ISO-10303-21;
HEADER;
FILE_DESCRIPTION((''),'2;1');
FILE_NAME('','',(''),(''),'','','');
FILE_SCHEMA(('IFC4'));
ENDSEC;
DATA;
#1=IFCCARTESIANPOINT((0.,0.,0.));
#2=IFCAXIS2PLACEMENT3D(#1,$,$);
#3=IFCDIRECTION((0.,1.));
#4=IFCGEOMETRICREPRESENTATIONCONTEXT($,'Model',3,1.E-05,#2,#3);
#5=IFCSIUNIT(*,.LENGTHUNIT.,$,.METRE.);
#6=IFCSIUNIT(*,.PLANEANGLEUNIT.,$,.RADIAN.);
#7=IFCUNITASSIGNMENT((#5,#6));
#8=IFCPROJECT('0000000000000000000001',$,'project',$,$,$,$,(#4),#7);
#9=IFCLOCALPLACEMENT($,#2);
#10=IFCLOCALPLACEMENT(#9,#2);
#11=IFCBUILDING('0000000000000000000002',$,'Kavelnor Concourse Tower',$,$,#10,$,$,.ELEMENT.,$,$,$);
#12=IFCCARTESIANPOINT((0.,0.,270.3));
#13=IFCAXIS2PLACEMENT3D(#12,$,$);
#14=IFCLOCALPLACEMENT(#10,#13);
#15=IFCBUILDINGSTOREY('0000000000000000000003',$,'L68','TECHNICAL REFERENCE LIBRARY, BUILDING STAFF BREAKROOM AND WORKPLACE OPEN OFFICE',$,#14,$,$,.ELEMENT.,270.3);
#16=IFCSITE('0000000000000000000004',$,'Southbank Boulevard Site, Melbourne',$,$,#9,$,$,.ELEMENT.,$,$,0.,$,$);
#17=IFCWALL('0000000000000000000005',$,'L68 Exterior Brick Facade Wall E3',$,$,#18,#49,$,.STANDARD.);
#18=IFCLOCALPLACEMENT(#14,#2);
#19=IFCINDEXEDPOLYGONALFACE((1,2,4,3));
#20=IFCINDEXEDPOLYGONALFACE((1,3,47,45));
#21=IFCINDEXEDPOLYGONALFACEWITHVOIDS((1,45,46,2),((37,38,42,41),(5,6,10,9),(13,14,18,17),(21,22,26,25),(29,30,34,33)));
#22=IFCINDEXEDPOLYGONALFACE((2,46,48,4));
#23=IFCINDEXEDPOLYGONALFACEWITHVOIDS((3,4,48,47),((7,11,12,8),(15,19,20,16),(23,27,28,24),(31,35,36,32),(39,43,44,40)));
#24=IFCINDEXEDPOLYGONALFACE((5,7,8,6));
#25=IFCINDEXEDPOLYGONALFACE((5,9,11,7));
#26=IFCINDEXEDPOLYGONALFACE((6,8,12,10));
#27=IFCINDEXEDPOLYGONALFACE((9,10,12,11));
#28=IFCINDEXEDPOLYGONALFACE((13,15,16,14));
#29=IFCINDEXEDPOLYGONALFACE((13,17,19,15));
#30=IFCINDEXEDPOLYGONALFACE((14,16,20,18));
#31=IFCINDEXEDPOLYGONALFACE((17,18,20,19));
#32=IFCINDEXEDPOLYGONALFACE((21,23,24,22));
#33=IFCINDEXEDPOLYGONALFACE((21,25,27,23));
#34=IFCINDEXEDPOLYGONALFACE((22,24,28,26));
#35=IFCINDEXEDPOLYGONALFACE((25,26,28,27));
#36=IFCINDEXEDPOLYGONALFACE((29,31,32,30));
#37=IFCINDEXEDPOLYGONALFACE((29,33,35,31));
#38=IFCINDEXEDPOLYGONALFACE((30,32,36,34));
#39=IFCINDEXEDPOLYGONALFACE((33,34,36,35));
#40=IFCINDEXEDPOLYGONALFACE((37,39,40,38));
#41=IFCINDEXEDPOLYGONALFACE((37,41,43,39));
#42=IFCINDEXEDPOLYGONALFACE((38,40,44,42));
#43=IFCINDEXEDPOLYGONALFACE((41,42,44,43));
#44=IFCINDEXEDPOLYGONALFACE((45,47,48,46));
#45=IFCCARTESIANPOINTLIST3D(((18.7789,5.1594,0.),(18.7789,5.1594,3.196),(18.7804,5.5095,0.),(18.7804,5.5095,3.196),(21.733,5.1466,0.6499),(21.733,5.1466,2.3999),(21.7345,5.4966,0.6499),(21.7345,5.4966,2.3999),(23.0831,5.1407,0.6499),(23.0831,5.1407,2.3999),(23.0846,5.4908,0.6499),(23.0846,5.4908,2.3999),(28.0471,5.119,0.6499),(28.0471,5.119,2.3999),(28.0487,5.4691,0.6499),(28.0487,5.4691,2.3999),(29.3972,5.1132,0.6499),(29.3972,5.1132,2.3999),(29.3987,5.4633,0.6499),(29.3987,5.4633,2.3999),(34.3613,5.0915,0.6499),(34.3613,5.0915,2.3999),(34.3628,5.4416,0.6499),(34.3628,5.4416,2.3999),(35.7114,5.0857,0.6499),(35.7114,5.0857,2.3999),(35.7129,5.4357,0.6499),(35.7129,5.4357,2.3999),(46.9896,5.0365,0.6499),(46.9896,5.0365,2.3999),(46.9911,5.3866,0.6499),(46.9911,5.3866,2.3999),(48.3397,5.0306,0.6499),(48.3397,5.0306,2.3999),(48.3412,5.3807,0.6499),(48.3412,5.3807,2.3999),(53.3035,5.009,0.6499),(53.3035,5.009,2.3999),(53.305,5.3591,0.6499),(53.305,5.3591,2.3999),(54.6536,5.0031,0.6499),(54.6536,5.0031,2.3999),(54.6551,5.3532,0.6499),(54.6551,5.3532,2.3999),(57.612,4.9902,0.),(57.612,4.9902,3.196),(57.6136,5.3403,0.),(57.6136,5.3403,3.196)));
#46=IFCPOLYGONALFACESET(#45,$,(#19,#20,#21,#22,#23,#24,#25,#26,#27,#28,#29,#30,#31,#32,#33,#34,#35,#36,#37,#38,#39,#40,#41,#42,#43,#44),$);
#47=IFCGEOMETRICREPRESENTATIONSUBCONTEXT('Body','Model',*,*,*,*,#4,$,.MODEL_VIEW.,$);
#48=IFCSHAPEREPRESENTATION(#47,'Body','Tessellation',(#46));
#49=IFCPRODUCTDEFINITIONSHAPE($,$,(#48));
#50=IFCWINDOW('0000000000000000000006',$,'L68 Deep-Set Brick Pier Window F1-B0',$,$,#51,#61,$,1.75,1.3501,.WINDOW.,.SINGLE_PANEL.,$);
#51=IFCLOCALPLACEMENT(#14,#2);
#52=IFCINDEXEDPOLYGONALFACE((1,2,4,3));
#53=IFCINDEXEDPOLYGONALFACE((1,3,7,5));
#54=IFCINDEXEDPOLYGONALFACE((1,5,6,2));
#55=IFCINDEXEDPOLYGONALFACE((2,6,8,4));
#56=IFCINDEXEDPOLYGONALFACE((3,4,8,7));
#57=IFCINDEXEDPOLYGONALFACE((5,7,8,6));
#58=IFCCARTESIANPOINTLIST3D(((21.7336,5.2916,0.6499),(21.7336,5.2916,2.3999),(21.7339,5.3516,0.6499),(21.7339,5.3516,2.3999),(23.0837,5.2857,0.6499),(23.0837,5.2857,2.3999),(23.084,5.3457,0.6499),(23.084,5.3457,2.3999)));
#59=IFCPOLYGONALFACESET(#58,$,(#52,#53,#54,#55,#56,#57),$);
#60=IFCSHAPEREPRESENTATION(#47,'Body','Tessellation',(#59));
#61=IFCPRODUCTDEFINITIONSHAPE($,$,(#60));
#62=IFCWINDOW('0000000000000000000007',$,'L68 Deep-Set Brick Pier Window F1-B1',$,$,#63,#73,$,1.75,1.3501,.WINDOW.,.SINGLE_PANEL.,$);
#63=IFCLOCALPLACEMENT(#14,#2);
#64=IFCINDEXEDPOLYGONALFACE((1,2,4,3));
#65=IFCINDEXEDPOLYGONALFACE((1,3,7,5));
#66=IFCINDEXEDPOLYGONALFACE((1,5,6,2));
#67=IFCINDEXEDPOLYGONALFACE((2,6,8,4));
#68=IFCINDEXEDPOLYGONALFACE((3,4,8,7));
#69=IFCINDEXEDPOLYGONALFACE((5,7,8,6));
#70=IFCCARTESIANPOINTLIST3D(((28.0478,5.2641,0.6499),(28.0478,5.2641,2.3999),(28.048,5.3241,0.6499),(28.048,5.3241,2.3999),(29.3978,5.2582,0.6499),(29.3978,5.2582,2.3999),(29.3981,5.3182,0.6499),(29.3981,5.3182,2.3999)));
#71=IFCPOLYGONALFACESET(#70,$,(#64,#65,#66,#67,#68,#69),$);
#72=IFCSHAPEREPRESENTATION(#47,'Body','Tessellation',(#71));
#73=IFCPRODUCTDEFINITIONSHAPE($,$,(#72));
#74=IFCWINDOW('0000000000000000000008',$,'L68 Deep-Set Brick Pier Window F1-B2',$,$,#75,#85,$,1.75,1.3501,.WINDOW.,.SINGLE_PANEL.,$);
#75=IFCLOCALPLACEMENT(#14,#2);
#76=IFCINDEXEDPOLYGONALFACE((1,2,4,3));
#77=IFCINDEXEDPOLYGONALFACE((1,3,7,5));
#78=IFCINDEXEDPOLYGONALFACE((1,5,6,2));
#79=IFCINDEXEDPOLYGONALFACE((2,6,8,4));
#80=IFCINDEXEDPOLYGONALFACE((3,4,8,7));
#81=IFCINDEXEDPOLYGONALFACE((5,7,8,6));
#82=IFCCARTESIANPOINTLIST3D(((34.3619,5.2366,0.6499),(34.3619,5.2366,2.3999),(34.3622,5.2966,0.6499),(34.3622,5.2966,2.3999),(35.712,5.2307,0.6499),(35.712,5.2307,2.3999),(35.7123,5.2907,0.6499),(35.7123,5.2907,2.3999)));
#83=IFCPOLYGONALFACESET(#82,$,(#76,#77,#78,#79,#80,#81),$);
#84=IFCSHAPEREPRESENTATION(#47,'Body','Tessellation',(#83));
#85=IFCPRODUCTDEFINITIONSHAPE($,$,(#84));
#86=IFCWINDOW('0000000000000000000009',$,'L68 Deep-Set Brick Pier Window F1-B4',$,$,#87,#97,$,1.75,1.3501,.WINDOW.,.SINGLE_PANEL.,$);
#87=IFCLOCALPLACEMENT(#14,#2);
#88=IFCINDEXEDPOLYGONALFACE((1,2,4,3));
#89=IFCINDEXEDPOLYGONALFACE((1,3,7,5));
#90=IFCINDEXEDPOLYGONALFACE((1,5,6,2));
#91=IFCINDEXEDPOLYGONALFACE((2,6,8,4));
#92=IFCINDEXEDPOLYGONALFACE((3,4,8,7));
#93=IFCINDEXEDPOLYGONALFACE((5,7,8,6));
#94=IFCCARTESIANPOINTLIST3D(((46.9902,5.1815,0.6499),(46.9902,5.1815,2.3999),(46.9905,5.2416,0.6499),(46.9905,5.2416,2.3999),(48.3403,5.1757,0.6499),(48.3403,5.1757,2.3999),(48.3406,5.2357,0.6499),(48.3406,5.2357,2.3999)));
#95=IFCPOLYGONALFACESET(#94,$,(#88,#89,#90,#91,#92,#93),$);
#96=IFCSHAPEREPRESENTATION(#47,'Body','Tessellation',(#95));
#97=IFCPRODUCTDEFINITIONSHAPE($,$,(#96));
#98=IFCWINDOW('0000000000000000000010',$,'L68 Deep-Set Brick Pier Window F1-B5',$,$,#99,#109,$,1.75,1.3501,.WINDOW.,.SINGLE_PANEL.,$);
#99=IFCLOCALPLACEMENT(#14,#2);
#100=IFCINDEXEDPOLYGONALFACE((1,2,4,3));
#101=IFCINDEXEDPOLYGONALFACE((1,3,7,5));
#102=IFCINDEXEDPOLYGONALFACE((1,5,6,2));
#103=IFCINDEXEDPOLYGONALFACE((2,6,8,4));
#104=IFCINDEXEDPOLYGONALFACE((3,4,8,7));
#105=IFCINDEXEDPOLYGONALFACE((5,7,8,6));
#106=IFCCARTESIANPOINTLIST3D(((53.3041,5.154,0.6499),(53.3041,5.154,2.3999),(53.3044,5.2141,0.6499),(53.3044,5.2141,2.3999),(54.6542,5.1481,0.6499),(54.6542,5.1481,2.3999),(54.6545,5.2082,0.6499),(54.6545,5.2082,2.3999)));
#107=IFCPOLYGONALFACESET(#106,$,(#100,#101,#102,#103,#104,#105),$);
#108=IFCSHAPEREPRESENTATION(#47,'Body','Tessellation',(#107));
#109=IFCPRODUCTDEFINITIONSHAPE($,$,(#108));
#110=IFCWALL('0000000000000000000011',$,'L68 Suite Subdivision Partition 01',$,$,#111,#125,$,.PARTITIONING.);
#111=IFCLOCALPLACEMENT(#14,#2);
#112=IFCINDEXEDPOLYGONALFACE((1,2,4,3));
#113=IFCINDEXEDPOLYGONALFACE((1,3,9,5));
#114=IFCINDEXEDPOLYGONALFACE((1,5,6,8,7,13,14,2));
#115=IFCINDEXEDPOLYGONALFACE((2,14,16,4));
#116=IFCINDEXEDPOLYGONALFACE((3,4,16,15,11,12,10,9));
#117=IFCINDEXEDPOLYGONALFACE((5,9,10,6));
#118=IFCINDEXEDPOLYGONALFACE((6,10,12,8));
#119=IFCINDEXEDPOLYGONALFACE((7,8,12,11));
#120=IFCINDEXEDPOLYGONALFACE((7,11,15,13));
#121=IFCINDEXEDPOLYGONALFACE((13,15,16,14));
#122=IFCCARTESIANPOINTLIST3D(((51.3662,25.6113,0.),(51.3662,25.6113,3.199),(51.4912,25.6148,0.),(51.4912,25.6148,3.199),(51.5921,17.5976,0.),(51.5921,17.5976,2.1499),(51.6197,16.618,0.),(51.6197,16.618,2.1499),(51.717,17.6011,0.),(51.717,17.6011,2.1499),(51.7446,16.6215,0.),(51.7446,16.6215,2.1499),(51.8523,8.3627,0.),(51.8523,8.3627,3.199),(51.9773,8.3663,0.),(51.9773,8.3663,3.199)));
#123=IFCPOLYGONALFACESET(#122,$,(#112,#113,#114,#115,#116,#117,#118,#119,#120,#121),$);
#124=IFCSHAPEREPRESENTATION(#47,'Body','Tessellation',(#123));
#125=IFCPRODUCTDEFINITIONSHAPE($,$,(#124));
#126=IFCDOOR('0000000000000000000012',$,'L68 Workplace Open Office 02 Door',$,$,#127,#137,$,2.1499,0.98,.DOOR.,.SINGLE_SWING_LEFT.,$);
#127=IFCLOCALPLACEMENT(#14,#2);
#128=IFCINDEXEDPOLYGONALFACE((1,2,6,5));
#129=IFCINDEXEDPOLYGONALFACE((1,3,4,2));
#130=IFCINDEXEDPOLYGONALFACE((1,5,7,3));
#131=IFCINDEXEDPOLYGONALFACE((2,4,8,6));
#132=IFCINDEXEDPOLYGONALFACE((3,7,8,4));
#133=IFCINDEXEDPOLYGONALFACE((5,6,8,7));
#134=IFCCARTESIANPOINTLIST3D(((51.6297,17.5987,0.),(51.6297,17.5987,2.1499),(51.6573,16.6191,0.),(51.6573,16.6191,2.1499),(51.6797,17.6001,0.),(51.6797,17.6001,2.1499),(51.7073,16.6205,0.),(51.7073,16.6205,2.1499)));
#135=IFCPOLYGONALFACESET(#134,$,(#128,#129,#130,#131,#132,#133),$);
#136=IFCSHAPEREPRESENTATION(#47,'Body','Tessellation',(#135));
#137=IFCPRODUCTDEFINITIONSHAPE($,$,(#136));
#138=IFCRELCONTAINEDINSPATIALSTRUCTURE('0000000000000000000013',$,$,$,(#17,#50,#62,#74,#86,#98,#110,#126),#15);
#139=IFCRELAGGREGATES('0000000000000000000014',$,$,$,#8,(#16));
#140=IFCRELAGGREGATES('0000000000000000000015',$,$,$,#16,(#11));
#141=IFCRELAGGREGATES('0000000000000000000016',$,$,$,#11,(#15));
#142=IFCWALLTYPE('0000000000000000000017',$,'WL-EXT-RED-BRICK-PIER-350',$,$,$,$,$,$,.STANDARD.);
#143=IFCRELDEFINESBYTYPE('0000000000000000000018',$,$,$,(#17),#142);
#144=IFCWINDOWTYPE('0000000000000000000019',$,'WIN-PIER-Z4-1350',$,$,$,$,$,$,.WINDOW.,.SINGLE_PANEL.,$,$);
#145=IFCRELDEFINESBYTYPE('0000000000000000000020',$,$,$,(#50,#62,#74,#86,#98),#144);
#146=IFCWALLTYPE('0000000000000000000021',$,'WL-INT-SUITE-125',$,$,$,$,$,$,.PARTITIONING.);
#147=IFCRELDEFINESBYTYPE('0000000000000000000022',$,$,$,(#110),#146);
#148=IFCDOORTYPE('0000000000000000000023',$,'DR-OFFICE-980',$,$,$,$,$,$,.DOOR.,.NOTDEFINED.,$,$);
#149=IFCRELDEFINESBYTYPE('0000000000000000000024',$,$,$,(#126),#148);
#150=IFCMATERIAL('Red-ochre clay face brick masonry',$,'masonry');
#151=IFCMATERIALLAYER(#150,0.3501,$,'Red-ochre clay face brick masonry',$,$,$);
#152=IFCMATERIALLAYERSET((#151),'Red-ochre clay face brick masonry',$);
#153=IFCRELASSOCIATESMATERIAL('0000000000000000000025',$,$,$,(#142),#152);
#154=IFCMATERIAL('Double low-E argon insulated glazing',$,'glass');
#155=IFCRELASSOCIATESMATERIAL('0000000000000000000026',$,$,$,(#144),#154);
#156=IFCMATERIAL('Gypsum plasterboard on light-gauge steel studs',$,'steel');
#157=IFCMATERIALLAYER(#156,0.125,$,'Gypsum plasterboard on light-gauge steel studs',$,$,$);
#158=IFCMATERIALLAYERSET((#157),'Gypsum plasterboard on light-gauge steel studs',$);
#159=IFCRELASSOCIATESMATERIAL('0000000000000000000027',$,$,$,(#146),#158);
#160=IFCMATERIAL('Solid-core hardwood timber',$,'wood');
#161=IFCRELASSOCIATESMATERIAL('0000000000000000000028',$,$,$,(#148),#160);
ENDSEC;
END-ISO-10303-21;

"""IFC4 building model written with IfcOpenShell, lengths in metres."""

from ifc_helpers import new_model, si_unit, direction, frame, frame_2d, origin, place, context, subcontext, project, spatial, rectangle, extrude, material, layer, layer_set, type_object, element, fill, save


model = new_model("IFC4")

# Units and contexts
model_context = context("Model", 3, precision=1e-05, world=origin(), true_north=direction((0.0, 1.0)))
body_context = subcontext(model_context, "Body", "Model", "MODEL_VIEW")
ifc_project = project(units=[si_unit("LENGTHUNIT", "METRE"), si_unit("PLANEANGLEUNIT", "RADIAN")], contexts=[model_context])

# Site, building, storey
site_placement = place(None, origin())
site = spatial("IfcSite", under=ifc_project, at=site_placement, Name="Southbank Boulevard Site, Melbourne", CompositionType="ELEMENT", RefElevation=0.0)
building_placement = place(site_placement, origin())
building = spatial("IfcBuilding", under=site, at=building_placement, Name="Kavelnor Concourse Tower", CompositionType="ELEMENT")
storey_placement = place(building_placement, frame((0.0, 0.0, 270.3)))
storey = spatial("IfcBuildingStorey", under=building, at=storey_placement, Name="L68", Description="TECHNICAL REFERENCE LIBRARY, BUILDING STAFF BREAKROOM AND WORKPLACE OPEN OFFICE", CompositionType="ELEMENT", Elevation=270.3)

# Shared definitions
ifc_material_1 = material(Name="Double low-E argon insulated glazing", Category="glass")

# Wall, openings, windows
ifc_material_2 = material(Name="Red-ochre clay face brick masonry", Category="masonry")
ifc_layer_1 = layer(ifc_material_2, 0.3501, Name="Red-ochre clay face brick masonry")
ifc_layer_set_1 = layer_set([ifc_layer_1], Name="Red-ochre clay face brick masonry")
wall_type_1 = type_object("IfcWallType", Name="WL-EXT-RED-BRICK-PIER-350", PredefinedType="STANDARD", material=ifc_layer_set_1)
wall_1_placement = place(storey_placement, frame((57.6128, 5.1653, 0.0), z_axis=(0.0, 0.0, 1.0), x_axis=(-0.999991, 0.004357, 0.0)))
wall_1 = element("IfcWall", 1, at=wall_1_placement, inside=storey, type_object=wall_type_1, Name="L68 Exterior Brick Facade Wall E3", PredefinedType="STANDARD", context=body_context, shape_type="SweptSolid", body=[
    extrude(rectangle(XDim=38.8335, YDim=0.3501, at=frame_2d((19.4167, 0.0))), origin(), (0.0, 0.0, 1.0), 3.196),
])
opening_1_placement = place(wall_1_placement, frame((34.5293, 0.0, 0.6499)))
opening_1 = element("IfcOpeningElement", 2, at=opening_1_placement, cuts=wall_1, PredefinedType="OPENING", context=body_context, shape_type="SweptSolid", body=[
    extrude(rectangle(XDim=1.3501, YDim=1.75, at=frame_2d((0.675, 0.875))), frame((0.0, 0.1851, 0.0), z_axis=(0.0, -1.0, 0.0), x_axis=(1.0, 0.0, 0.0)), (0.0, 0.0, 1.0), 0.3701),
])
opening_2_placement = place(wall_1_placement, frame((28.2151, 0.0, 0.6499)))
opening_2 = element("IfcOpeningElement", 3, at=opening_2_placement, cuts=wall_1, PredefinedType="OPENING", context=body_context, shape_type="SweptSolid", body=[
    extrude(rectangle(XDim=1.3501, YDim=1.75, at=frame_2d((0.675, 0.875))), frame((0.0, 0.1851, 0.0), z_axis=(0.0, -1.0, 0.0), x_axis=(1.0, 0.0, 0.0)), (0.0, 0.0, 1.0), 0.3701),
])
opening_3_placement = place(wall_1_placement, frame((21.9009, 0.0, 0.6499)))
opening_3 = element("IfcOpeningElement", 4, at=opening_3_placement, cuts=wall_1, PredefinedType="OPENING", context=body_context, shape_type="SweptSolid", body=[
    extrude(rectangle(XDim=1.3501, YDim=1.75, at=frame_2d((0.675, 0.875))), frame((0.0, 0.1851, 0.0), z_axis=(0.0, -1.0, 0.0), x_axis=(1.0, 0.0, 0.0)), (0.0, 0.0, 1.0), 0.3701),
])
opening_4_placement = place(wall_1_placement, frame((9.2725, 0.0, 0.6499)))
opening_4 = element("IfcOpeningElement", 5, at=opening_4_placement, cuts=wall_1, PredefinedType="OPENING", context=body_context, shape_type="SweptSolid", body=[
    extrude(rectangle(XDim=1.3501, YDim=1.75, at=frame_2d((0.675, 0.875))), frame((0.0, 0.1851, 0.0), z_axis=(0.0, -1.0, 0.0), x_axis=(1.0, 0.0, 0.0)), (0.0, 0.0, 1.0), 0.3701),
])
opening_5_placement = place(wall_1_placement, frame((2.9585, 0.0, 0.6499)))
opening_5 = element("IfcOpeningElement", 6, at=opening_5_placement, cuts=wall_1, PredefinedType="OPENING", context=body_context, shape_type="SweptSolid", body=[
    extrude(rectangle(XDim=1.3501, YDim=1.75, at=frame_2d((0.675, 0.875))), frame((0.0, 0.1851, 0.0), z_axis=(0.0, -1.0, 0.0), x_axis=(1.0, 0.0, 0.0)), (0.0, 0.0, 1.0), 0.3701),
])
window_type_1 = type_object("IfcWindowType", Name="WIN-PIER-Z4-1350", PartitioningType="SINGLE_PANEL", PredefinedType="WINDOW", material=ifc_material_1)
window_1_placement = place(opening_1_placement, origin())
window_1 = element("IfcWindow", 7, at=window_1_placement, inside=storey, type_object=window_type_1, Name="L68 Deep-Set Brick Pier Window F1-B0", OverallHeight=1.75, OverallWidth=1.3501, PartitioningType="SINGLE_PANEL", PredefinedType="WINDOW", context=body_context, shape_type="SweptSolid", body=[
    extrude(rectangle(XDim=1.3501, YDim=1.75, at=frame_2d((0.675, 0.875))), frame((0.0, 0.03, 0.0), z_axis=(0.0, -1.0, 0.0), x_axis=(1.0, 0.0, 0.0)), (0.0, 0.0, 1.0), 0.0601),
])
fill(opening_1, window_1)
window_2_placement = place(opening_2_placement, origin())
window_2 = element("IfcWindow", 8, at=window_2_placement, inside=storey, type_object=window_type_1, Name="L68 Deep-Set Brick Pier Window F1-B1", OverallHeight=1.75, OverallWidth=1.3501, PartitioningType="SINGLE_PANEL", PredefinedType="WINDOW", context=body_context, shape_type="SweptSolid", body=[
    extrude(rectangle(XDim=1.3501, YDim=1.75, at=frame_2d((0.675, 0.875))), frame((0.0, 0.03, 0.0), z_axis=(0.0, -1.0, 0.0), x_axis=(1.0, 0.0, 0.0)), (0.0, 0.0, 1.0), 0.0601),
])
fill(opening_2, window_2)
window_3_placement = place(opening_3_placement, origin())
window_3 = element("IfcWindow", 9, at=window_3_placement, inside=storey, type_object=window_type_1, Name="L68 Deep-Set Brick Pier Window F1-B2", OverallHeight=1.75, OverallWidth=1.3501, PartitioningType="SINGLE_PANEL", PredefinedType="WINDOW", context=body_context, shape_type="SweptSolid", body=[
    extrude(rectangle(XDim=1.3501, YDim=1.75, at=frame_2d((0.675, 0.875))), frame((0.0, 0.03, 0.0), z_axis=(0.0, -1.0, 0.0), x_axis=(1.0, 0.0, 0.0)), (0.0, 0.0, 1.0), 0.0601),
])
fill(opening_3, window_3)
window_4_placement = place(opening_4_placement, origin())
window_4 = element("IfcWindow", 10, at=window_4_placement, inside=storey, type_object=window_type_1, Name="L68 Deep-Set Brick Pier Window F1-B4", OverallHeight=1.75, OverallWidth=1.3501, PartitioningType="SINGLE_PANEL", PredefinedType="WINDOW", context=body_context, shape_type="SweptSolid", body=[
    extrude(rectangle(XDim=1.3501, YDim=1.75, at=frame_2d((0.675, 0.875))), frame((0.0, 0.03, 0.0), z_axis=(0.0, -1.0, 0.0), x_axis=(1.0, 0.0, 0.0)), (0.0, 0.0, 1.0), 0.0601),
])
fill(opening_4, window_4)
window_5_placement = place(opening_5_placement, origin())
window_5 = element("IfcWindow", 11, at=window_5_placement, inside=storey, type_object=window_type_1, Name="L68 Deep-Set Brick Pier Window F1-B5", OverallHeight=1.75, OverallWidth=1.3501, PartitioningType="SINGLE_PANEL", PredefinedType="WINDOW", context=body_context, shape_type="SweptSolid", body=[
    extrude(rectangle(XDim=1.3501, YDim=1.75, at=frame_2d((0.675, 0.875))), frame((0.0, 0.03, 0.0), z_axis=(0.0, -1.0, 0.0), x_axis=(1.0, 0.0, 0.0)), (0.0, 0.0, 1.0), 0.0601),
])
fill(opening_5, window_5)

# Wall, opening, door
ifc_material_3 = material(Name="Gypsum plasterboard on light-gauge steel studs", Category="steel")
ifc_layer_2 = layer(ifc_material_3, 0.125, Name="Gypsum plasterboard on light-gauge steel studs")
ifc_layer_set_2 = layer_set([ifc_layer_2], Name="Gypsum plasterboard on light-gauge steel studs")
wall_type_2 = type_object("IfcWallType", Name="WL-INT-SUITE-125", PredefinedType="PARTITIONING", material=ifc_layer_set_2)
wall_2_placement = place(storey_placement, frame((51.9148, 8.3645, 0.0), z_axis=(0.0, 0.0, 1.0), x_axis=(-0.02817, 0.999603, 0.0)))
wall_2 = element("IfcWall", 12, at=wall_2_placement, inside=storey, type_object=wall_type_2, Name="L68 Suite Subdivision Partition 01", PredefinedType="PARTITIONING", context=body_context, shape_type="SweptSolid", body=[
    extrude(rectangle(XDim=17.2554, YDim=0.125, at=frame_2d((8.6277, 0.0))), origin(), (0.0, 0.0, 1.0), 3.199),
])
opening_6_placement = place(wall_2_placement, frame((8.2585, 0.0, 0.0)))
opening_6 = element("IfcOpeningElement", 13, at=opening_6_placement, cuts=wall_2, PredefinedType="OPENING", context=body_context, shape_type="SweptSolid", body=[
    extrude(rectangle(XDim=0.98, YDim=2.1499, at=frame_2d((0.49, 1.075))), frame((0.0, 0.0725, 0.0), z_axis=(0.0, -1.0, 0.0), x_axis=(1.0, 0.0, 0.0)), (0.0, 0.0, 1.0), 0.145),
])
ifc_material_4 = material(Name="Solid-core hardwood timber", Category="wood")
door_type = type_object("IfcDoorType", Name="DR-OFFICE-980", OperationType="NOTDEFINED", PredefinedType="DOOR", material=ifc_material_4)
door_placement = place(opening_6_placement, origin())
door = element("IfcDoor", 14, at=door_placement, inside=storey, type_object=door_type, Name="L68 Workplace Open Office 02 Door", OperationType="SINGLE_SWING_LEFT", OverallHeight=2.1499, OverallWidth=0.98, PredefinedType="DOOR", context=body_context, shape_type="SweptSolid", body=[
    extrude(rectangle(XDim=0.98, YDim=2.1499, at=frame_2d((0.49, 1.075))), frame((0.0, 0.0249, 0.0), z_axis=(0.0, -1.0, 0.0), x_axis=(1.0, 0.0, 0.0)), (0.0, 0.0, 1.0), 0.05),
])
fill(opening_6, door)

save(model, "model.ifc")
